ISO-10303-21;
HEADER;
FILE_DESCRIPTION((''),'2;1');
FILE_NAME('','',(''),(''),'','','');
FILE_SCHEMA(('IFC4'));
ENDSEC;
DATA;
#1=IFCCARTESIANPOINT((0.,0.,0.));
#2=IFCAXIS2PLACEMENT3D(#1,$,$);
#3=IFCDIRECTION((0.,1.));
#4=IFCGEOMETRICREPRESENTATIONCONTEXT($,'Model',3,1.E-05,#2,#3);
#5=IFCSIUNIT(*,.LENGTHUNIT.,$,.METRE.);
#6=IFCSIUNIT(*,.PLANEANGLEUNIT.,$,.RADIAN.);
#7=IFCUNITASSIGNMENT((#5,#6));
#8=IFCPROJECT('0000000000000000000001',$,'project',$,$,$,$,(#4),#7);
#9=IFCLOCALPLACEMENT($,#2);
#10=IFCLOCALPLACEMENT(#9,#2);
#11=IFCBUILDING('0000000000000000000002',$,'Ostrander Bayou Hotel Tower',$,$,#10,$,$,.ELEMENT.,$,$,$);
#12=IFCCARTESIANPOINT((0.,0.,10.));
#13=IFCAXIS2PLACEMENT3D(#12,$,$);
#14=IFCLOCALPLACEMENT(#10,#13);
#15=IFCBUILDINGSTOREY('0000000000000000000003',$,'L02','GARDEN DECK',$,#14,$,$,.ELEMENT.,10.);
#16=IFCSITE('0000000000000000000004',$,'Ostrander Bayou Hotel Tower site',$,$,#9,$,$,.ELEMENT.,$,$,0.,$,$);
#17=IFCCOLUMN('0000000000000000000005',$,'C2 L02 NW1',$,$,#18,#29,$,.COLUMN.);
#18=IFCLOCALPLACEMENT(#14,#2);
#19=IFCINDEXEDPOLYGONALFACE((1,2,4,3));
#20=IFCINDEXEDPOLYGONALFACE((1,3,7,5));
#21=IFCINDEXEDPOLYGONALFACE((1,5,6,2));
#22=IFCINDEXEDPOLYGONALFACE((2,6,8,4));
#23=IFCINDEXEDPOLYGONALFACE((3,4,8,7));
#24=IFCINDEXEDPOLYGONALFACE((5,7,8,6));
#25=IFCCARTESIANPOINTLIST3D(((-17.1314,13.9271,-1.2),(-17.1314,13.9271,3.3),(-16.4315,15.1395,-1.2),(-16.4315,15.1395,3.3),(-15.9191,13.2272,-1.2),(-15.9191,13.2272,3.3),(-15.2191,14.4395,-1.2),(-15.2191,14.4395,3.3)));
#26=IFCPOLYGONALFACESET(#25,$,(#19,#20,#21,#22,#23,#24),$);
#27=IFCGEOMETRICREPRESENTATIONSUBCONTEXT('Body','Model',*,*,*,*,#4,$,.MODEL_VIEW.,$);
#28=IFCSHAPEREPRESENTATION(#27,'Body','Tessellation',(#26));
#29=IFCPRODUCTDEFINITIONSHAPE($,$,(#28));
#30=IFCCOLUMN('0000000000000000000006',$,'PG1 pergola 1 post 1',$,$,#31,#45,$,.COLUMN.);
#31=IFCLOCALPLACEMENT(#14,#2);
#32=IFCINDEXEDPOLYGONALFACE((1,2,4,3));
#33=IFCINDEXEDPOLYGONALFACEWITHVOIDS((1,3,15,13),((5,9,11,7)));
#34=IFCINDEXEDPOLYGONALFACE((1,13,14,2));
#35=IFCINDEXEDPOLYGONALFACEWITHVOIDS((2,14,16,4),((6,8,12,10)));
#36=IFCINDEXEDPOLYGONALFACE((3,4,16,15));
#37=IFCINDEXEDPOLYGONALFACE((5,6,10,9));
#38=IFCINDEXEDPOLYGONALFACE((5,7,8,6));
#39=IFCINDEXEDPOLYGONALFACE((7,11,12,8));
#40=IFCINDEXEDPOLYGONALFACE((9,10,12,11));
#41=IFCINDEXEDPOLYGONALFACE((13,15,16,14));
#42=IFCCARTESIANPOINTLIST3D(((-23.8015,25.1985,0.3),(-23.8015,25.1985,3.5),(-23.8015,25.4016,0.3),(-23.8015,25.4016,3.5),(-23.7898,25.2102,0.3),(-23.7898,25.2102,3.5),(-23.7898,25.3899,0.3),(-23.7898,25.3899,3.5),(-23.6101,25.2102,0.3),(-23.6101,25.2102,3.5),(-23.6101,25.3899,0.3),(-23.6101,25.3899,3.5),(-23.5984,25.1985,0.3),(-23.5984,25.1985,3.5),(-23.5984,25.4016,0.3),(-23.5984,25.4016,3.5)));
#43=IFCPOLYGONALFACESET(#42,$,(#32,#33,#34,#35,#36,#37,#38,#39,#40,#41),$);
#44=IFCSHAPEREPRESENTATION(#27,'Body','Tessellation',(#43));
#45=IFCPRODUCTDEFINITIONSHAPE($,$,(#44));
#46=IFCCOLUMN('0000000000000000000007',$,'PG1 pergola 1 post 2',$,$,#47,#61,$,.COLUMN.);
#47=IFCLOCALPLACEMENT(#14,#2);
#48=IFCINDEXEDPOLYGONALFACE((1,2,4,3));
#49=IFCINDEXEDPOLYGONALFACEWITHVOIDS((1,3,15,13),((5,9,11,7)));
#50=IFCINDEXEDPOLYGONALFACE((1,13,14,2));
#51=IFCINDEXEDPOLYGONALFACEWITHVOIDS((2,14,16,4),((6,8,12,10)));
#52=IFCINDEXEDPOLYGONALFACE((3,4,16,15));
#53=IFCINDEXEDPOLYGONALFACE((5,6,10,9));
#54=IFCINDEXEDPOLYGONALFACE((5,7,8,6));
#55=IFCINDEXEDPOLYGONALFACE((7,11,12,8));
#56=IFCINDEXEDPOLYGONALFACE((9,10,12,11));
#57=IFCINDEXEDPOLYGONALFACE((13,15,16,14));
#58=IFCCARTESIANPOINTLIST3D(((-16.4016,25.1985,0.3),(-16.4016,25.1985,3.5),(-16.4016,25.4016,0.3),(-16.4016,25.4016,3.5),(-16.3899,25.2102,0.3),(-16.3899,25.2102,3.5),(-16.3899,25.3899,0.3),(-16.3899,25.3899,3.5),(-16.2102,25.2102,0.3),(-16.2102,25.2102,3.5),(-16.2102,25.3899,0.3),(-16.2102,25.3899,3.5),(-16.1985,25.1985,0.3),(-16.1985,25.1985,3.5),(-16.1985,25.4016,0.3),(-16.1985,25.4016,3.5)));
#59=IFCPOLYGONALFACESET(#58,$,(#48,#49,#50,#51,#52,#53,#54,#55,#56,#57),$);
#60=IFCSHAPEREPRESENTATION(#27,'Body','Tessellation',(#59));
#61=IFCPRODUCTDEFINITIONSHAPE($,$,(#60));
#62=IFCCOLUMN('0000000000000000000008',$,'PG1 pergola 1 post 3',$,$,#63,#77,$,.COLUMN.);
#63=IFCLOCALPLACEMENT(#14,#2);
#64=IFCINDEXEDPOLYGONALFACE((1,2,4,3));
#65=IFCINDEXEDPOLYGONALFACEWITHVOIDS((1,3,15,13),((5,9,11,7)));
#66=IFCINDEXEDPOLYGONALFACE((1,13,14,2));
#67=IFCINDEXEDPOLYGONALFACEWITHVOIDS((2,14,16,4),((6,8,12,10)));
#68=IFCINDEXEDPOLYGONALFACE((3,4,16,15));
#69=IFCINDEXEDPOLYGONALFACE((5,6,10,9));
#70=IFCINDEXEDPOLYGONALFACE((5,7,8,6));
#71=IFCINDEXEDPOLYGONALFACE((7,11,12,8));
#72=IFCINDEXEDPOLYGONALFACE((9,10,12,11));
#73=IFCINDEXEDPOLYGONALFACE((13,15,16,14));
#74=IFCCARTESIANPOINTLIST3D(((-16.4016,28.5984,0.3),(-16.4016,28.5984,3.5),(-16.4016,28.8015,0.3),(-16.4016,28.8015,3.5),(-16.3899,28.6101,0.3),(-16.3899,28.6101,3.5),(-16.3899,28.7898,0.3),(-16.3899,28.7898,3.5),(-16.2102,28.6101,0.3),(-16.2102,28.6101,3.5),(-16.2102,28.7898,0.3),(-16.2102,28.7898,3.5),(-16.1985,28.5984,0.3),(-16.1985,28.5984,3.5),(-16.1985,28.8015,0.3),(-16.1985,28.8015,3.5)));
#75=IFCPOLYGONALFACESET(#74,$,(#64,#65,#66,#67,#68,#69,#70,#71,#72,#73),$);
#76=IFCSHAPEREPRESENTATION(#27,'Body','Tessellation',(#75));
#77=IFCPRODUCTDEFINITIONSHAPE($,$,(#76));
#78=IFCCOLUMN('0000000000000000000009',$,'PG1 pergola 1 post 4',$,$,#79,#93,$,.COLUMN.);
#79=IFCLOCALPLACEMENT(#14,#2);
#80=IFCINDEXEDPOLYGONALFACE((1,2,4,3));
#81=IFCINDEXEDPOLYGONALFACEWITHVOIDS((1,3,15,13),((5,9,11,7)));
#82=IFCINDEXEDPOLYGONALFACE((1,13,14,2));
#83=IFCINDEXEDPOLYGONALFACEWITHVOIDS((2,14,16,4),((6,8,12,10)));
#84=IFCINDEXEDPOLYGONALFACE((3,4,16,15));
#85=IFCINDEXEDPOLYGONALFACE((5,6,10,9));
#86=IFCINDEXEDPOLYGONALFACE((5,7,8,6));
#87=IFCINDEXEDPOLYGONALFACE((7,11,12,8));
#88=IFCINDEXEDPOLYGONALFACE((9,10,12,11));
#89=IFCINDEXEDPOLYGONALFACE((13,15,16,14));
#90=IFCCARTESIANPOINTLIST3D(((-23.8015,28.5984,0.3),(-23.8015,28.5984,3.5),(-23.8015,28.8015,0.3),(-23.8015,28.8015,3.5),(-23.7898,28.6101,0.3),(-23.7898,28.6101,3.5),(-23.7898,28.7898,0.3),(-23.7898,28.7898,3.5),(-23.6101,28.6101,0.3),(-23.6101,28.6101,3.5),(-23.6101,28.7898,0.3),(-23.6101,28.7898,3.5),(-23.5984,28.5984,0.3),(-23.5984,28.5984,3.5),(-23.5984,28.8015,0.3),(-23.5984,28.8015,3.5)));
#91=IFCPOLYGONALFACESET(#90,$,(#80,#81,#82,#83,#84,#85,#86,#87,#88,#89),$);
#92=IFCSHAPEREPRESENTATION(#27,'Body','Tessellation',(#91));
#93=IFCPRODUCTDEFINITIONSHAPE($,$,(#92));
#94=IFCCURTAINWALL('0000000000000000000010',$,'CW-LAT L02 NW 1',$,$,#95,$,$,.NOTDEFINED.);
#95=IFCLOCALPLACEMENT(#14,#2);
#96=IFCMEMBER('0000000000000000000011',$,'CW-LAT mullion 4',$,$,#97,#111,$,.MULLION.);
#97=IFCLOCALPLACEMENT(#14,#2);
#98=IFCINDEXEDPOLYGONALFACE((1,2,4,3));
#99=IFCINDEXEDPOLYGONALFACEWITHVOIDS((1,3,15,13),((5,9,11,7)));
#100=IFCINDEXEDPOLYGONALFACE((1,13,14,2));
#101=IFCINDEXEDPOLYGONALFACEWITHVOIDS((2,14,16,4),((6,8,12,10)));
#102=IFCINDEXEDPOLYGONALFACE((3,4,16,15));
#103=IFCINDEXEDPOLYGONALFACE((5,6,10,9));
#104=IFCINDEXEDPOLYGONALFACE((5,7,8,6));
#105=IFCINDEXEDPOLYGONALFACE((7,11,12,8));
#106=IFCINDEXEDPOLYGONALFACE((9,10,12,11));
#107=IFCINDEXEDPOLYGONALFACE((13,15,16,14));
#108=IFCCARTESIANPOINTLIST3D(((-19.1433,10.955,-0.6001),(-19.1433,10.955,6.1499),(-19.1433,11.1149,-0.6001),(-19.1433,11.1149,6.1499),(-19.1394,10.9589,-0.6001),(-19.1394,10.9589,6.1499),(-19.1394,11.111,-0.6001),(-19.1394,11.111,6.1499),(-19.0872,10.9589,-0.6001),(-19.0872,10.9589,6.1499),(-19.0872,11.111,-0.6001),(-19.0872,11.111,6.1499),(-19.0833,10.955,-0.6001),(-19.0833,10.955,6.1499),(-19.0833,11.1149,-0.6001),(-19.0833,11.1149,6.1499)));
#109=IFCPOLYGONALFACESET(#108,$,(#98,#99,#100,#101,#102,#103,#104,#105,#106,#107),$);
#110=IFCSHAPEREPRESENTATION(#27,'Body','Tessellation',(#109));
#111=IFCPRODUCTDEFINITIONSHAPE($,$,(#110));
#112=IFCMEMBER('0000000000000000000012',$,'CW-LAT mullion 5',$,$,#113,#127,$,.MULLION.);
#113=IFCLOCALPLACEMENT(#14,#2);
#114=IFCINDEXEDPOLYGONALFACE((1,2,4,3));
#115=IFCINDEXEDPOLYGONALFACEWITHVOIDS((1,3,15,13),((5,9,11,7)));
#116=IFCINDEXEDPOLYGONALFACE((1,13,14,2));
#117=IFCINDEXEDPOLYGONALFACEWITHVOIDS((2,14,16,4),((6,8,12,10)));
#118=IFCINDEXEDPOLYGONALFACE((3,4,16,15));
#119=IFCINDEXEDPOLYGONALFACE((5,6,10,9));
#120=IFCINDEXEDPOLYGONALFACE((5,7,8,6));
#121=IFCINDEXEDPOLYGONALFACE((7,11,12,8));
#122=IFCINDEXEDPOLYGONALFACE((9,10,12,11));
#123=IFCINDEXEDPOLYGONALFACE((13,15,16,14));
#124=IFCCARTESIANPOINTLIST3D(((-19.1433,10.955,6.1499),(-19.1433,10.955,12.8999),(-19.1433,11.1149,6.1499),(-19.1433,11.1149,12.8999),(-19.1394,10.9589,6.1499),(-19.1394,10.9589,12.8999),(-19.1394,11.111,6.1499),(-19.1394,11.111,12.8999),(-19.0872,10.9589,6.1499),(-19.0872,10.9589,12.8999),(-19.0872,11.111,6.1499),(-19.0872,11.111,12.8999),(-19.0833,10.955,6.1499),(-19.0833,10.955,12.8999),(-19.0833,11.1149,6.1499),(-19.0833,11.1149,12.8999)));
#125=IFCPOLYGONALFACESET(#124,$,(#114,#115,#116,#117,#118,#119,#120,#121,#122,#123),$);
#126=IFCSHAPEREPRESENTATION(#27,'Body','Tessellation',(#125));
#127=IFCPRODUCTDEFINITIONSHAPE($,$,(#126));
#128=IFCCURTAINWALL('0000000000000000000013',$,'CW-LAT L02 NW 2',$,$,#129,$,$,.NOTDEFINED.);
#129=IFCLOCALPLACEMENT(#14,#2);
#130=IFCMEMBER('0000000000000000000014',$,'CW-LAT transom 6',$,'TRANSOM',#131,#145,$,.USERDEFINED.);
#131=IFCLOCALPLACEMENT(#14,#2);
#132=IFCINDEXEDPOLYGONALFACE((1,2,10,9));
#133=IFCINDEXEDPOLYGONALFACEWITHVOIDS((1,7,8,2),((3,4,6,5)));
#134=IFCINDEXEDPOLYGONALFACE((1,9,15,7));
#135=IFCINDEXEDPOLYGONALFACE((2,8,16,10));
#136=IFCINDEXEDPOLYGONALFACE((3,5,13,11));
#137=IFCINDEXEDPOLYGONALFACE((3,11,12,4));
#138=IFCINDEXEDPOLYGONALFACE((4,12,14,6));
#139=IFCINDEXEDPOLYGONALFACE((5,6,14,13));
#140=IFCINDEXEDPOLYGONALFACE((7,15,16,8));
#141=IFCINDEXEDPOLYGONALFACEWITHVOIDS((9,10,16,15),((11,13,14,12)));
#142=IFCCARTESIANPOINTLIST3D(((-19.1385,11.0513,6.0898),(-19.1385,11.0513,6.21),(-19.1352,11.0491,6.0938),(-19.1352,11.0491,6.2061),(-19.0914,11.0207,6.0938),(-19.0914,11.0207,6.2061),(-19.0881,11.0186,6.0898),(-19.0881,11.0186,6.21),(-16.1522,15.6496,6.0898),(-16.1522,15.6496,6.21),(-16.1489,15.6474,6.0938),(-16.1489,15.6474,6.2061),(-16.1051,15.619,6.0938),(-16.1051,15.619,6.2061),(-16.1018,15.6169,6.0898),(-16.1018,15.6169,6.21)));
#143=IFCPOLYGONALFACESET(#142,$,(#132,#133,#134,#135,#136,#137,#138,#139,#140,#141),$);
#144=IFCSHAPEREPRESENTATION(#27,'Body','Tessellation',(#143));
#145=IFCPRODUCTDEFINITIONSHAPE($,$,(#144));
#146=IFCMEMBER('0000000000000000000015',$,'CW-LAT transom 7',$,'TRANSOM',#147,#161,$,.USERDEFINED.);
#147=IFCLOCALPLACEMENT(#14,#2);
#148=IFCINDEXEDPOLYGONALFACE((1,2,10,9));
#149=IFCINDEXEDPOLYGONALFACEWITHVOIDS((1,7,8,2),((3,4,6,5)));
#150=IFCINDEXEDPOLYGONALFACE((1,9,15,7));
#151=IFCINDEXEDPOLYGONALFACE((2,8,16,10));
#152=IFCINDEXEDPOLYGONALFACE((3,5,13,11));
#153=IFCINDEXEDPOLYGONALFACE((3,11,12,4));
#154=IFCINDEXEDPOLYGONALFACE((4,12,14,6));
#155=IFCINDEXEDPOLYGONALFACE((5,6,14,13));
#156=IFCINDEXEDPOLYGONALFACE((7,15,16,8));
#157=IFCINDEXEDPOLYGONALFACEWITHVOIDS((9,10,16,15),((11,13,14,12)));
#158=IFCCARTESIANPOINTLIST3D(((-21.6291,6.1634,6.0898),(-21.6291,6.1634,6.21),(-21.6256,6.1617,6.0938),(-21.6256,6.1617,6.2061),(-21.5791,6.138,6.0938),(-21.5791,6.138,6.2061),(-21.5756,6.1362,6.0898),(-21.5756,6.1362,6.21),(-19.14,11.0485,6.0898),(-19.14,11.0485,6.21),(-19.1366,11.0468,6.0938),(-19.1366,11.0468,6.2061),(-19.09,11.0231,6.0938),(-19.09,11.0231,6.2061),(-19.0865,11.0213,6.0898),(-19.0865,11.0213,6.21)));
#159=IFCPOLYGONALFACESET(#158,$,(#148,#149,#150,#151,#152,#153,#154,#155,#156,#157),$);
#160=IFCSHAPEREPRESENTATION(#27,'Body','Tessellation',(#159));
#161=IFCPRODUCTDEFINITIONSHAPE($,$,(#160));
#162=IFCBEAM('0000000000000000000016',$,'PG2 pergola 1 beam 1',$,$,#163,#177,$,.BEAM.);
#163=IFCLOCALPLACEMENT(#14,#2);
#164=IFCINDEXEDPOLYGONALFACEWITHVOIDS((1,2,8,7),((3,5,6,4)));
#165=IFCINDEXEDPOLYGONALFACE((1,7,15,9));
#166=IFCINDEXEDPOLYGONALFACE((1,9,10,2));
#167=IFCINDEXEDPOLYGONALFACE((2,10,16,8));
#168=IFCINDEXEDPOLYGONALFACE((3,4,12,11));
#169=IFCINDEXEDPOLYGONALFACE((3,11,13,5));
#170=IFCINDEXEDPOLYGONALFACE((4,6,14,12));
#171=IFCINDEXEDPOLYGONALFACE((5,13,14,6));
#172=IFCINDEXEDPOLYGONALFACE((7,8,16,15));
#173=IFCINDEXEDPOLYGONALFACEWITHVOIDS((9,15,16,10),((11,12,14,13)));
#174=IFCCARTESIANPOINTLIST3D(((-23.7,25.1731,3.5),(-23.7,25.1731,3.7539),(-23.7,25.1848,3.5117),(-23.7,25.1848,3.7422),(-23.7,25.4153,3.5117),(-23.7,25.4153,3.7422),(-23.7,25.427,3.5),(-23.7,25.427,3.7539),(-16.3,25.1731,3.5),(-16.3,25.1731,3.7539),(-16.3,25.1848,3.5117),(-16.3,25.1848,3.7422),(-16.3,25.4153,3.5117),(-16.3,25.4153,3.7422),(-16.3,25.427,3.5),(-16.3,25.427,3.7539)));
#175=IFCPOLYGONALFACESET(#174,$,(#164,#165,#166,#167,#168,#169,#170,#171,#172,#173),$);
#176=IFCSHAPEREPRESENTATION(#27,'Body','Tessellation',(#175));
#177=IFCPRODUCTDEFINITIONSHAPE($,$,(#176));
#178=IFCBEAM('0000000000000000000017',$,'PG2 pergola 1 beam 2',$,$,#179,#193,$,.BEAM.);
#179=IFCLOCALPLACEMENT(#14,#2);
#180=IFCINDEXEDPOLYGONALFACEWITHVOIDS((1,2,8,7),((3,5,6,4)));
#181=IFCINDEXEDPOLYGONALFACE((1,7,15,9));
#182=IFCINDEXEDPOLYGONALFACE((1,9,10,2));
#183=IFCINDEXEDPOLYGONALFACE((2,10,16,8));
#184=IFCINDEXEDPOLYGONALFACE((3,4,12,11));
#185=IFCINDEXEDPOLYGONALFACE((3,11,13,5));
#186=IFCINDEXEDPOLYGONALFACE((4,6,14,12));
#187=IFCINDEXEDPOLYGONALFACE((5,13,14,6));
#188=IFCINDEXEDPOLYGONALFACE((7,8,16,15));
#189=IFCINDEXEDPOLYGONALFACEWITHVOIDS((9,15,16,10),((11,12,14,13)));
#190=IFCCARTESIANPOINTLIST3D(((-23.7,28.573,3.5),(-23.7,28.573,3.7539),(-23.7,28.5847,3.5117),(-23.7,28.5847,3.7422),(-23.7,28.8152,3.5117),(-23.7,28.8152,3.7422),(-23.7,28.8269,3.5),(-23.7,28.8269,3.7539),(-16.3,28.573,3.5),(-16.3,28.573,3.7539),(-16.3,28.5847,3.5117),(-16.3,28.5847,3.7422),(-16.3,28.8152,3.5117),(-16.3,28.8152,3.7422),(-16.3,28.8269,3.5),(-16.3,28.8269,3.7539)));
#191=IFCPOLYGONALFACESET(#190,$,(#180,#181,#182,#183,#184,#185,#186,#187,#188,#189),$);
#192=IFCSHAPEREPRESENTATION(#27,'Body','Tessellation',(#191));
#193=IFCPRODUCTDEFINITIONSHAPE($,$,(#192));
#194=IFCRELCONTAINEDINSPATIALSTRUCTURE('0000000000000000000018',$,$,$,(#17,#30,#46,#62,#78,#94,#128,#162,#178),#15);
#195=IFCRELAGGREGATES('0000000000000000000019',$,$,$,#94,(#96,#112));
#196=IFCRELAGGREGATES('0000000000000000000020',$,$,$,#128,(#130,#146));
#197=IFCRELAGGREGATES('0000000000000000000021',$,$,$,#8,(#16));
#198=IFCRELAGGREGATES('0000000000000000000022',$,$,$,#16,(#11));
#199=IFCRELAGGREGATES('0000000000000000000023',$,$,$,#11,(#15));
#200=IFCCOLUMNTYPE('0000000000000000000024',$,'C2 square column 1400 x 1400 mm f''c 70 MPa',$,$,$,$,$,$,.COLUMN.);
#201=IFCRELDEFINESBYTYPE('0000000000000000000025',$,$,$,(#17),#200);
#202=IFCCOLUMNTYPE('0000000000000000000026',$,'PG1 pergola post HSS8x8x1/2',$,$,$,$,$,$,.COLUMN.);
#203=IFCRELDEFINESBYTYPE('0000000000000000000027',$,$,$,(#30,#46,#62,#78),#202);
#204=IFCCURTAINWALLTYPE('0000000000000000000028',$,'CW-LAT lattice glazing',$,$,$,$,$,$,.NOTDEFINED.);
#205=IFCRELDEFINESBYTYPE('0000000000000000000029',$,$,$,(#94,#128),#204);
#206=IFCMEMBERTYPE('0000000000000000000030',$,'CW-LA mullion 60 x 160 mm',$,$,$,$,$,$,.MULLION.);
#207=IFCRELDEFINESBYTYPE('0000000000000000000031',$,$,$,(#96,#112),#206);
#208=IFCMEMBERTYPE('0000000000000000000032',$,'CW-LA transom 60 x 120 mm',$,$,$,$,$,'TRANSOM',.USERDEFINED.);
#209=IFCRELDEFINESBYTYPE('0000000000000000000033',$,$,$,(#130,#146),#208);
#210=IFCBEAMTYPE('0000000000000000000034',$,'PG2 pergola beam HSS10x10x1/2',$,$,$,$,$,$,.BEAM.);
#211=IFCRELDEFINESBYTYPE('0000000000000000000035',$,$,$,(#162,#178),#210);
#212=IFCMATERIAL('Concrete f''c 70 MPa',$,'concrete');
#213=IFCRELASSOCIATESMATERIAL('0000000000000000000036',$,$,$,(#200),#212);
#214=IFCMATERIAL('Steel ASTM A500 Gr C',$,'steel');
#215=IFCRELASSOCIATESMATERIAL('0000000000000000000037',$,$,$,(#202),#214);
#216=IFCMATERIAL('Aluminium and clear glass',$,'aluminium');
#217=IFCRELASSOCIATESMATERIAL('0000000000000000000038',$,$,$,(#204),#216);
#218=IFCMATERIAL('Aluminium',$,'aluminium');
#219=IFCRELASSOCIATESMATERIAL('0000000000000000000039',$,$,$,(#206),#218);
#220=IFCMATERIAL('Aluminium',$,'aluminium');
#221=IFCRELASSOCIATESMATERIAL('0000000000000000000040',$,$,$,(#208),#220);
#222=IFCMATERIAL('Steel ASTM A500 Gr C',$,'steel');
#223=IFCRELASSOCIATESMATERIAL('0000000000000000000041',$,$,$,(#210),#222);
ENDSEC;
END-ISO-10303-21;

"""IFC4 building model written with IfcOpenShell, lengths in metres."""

from ifc_helpers import new_model, si_unit, direction, frame, origin, origin_2d, place, context, subcontext, project, spatial, rectangle, hollow_rectangle, extrude, material, material_profile, profile_set, type_object, element, aggregate, save


model = new_model("IFC4")

# Units and contexts
model_context = context("Model", 3, precision=1e-05, world=origin(), true_north=direction((0.0, 1.0)))
body_context = subcontext(model_context, "Body", "Model", "MODEL_VIEW")
ifc_project = project(units=[si_unit("LENGTHUNIT", "METRE"), si_unit("PLANEANGLEUNIT", "RADIAN")], contexts=[model_context])

# Site, building, storey
site_placement = place(None, origin())
site = spatial("IfcSite", under=ifc_project, at=site_placement, Name="Ostrander Bayou Hotel Tower site", CompositionType="ELEMENT", RefElevation=0.0)
building_placement = place(site_placement, origin())
building = spatial("IfcBuilding", under=site, at=building_placement, Name="Ostrander Bayou Hotel Tower", CompositionType="ELEMENT")
storey_placement = place(building_placement, frame((0.0, 0.0, 10.0)))
storey = spatial("IfcBuildingStorey", under=building, at=storey_placement, Name="L02", Description="GARDEN DECK", CompositionType="ELEMENT", Elevation=10.0)

# Columns
ifc_material_1 = material(Name="Concrete f'c 70 MPa", Category="concrete")
ifc_material_profile_1 = material_profile(ifc_material_1, rectangle(XDim=1.3999, YDim=1.3999, at=origin_2d()))
ifc_profile_set_1 = profile_set([ifc_material_profile_1], Name="Concrete f'c 70 MPa")
column_type_1 = type_object("IfcColumnType", Name="C2 square column 1400 x 1400 mm f'c 70 MPa", PredefinedType="COLUMN", material=ifc_profile_set_1)
column_placement = place(storey_placement, frame((-16.1753, 14.1833, -1.2), z_axis=(0.0, 0.0, 1.0), x_axis=(0.5, 0.866025, 0.0)))
element("IfcColumn", 1, at=column_placement, inside=storey, type_object=column_type_1, Name="C2 L02 NW1", PredefinedType="COLUMN", context=body_context, shape_type="SweptSolid", body=[
    extrude(rectangle(XDim=1.3999, YDim=1.3999, at=origin_2d()), origin(), (0.0, 0.0, 1.0), 4.5),
])
ifc_material_2 = material(Name="Steel ASTM A500 Gr C", Category="steel")
ifc_material_profile_2 = material_profile(ifc_material_2, hollow_rectangle(XDim=0.2031, YDim=0.2031, WallThickness=0.0117, at=origin_2d()))
ifc_profile_set_2 = profile_set([ifc_material_profile_2], Name="Steel ASTM A500 Gr C")
column_type_2 = type_object("IfcColumnType", Name="PG1 pergola post HSS8x8x1/2", PredefinedType="COLUMN", material=ifc_profile_set_2)
for number, where, z_axis, x_axis, name in (
    (2, (-23.7, 25.3, 0.3), (0.0, 0.0, 1.0), (1.0, 0.0, 0.0), "PG1 pergola 1 post 1"),
    (3, (-16.3, 25.3, 0.3), (0.0, 0.0, 1.0), (1.0, 0.0, 0.0), "PG1 pergola 1 post 2"),
    (4, (-16.3, 28.7, 0.3), (0.0, 0.0, 1.0), (1.0, 0.0, 0.0), "PG1 pergola 1 post 3"),
    (5, (-23.7, 28.7, 0.3), (0.0, 0.0, 1.0), (1.0, 0.0, 0.0), "PG1 pergola 1 post 4"),
):
    element("IfcColumn", number, at=place(storey_placement, frame(where, z_axis=z_axis, x_axis=x_axis)), inside=storey, type_object=column_type_2, Name=name, PredefinedType="COLUMN", context=body_context, shape_type="SweptSolid", body=[
        extrude(hollow_rectangle(XDim=0.2031, YDim=0.2031, WallThickness=0.0117, at=origin_2d()), origin(), (0.0, 0.0, 1.0), 3.2),
    ])

# Curtain walls, members
ifc_material_3 = material(Name="Aluminium and clear glass", Category="aluminium")
curtain_wall_type = type_object("IfcCurtainWallType", Name="CW-LAT lattice glazing", PredefinedType="NOTDEFINED", material=ifc_material_3)
curtain_wall_1_placement = place(storey_placement, origin())
curtain_wall_1 = element("IfcCurtainWall", 6, at=curtain_wall_1_placement, inside=storey, type_object=curtain_wall_type, Name="CW-LAT L02 NW 1", PredefinedType="NOTDEFINED")
ifc_material_4 = material(Name="Aluminium", Category="aluminium")
ifc_material_profile_3 = material_profile(ifc_material_4, hollow_rectangle(XDim=0.0601, YDim=0.1599, WallThickness=0.0039, at=origin_2d()))
ifc_profile_set_3 = profile_set([ifc_material_profile_3], Name="Aluminium")
member_type_1 = type_object("IfcMemberType", Name="CW-LA mullion 60 x 160 mm", PredefinedType="MULLION", material=ifc_profile_set_3)
member_1_placement = place(storey_placement, frame((-19.1133, 11.0349, -0.6001), z_axis=(0.0, 0.0, 1.0), x_axis=(1.0, 0.0, 0.0)))
member_1 = element("IfcMember", 7, at=member_1_placement, type_object=member_type_1, Name="CW-LAT mullion 4", PredefinedType="MULLION", context=body_context, shape_type="SweptSolid", body=[
    extrude(hollow_rectangle(XDim=0.0601, YDim=0.1599, WallThickness=0.0039, at=origin_2d()), origin(), (0.0, 0.0, 1.0), 6.75),
])
member_2_placement = place(storey_placement, frame((-19.1133, 11.0349, 6.1499), z_axis=(0.0, 0.0, 1.0), x_axis=(1.0, 0.0, 0.0)))
member_2 = element("IfcMember", 8, at=member_2_placement, type_object=member_type_1, Name="CW-LAT mullion 5", PredefinedType="MULLION", context=body_context, shape_type="SweptSolid", body=[
    extrude(hollow_rectangle(XDim=0.0601, YDim=0.1599, WallThickness=0.0039, at=origin_2d()), origin(), (0.0, 0.0, 1.0), 6.75),
])
curtain_wall_2_placement = place(storey_placement, origin())
curtain_wall_2 = element("IfcCurtainWall", 9, at=curtain_wall_2_placement, inside=storey, type_object=curtain_wall_type, Name="CW-LAT L02 NW 2", PredefinedType="NOTDEFINED")
ifc_material_5 = material(Name="Aluminium", Category="aluminium")
ifc_material_profile_4 = material_profile(ifc_material_5, hollow_rectangle(XDim=0.0601, YDim=0.1201, WallThickness=0.0039, at=origin_2d()))
ifc_profile_set_4 = profile_set([ifc_material_profile_4], Name="Aluminium")
member_type_2 = type_object("IfcMemberType", Name="CW-LA transom 60 x 120 mm", ElementType="TRANSOM", PredefinedType="USERDEFINED", material=ifc_profile_set_4)
member_3_placement = place(storey_placement, frame((-19.1133, 11.0349, 6.1499), z_axis=(0.544652, 0.838662, 0.0), x_axis=(-0.838662, 0.544652, 0.0)))
member_3 = element("IfcMember", 10, at=member_3_placement, type_object=member_type_2, Name="CW-LAT transom 6", ObjectType="TRANSOM", PredefinedType="USERDEFINED", context=body_context, shape_type="SweptSolid", body=[
    extrude(hollow_rectangle(XDim=0.0601, YDim=0.1201, WallThickness=0.0039, at=origin_2d()), origin(), (0.0, 0.0, 1.0), 5.4829),
])
member_4_placement = place(storey_placement, frame((-19.1133, 11.0349, 6.1499), z_axis=(-0.453987, -0.891008, 0.0), x_axis=(0.891008, -0.453987, 0.0)))
member_4 = element("IfcMember", 11, at=member_4_placement, type_object=member_type_2, Name="CW-LAT transom 7", ObjectType="TRANSOM", PredefinedType="USERDEFINED", context=body_context, shape_type="SweptSolid", body=[
    extrude(hollow_rectangle(XDim=0.0601, YDim=0.1201, WallThickness=0.0039, at=origin_2d()), origin(), (0.0, 0.0, 1.0), 5.4827),
])

# Beams
ifc_material_6 = material(Name="Steel ASTM A500 Gr C", Category="steel")
ifc_material_profile_5 = material_profile(ifc_material_6, hollow_rectangle(XDim=0.2539, YDim=0.2539, WallThickness=0.0117, at=origin_2d()))
ifc_profile_set_5 = profile_set([ifc_material_profile_5], Name="Steel ASTM A500 Gr C")
beam_type_1 = type_object("IfcBeamType", Name="PG2 pergola beam HSS10x10x1/2", PredefinedType="BEAM", material=ifc_profile_set_5)
for number, where, z_axis, x_axis, name in (
    (12, (-23.7, 25.3, 3.627), (1.0, 0.0, 0.0), (0.0, 1.0, 0.0), "PG2 pergola 1 beam 1"),
    (13, (-23.7, 28.7, 3.627), (1.0, 0.0, 0.0), (0.0, 1.0, 0.0), "PG2 pergola 1 beam 2"),
):
    element("IfcBeam", number, at=place(storey_placement, frame(where, z_axis=z_axis, x_axis=x_axis)), inside=storey, type_object=beam_type_1, Name=name, PredefinedType="BEAM", context=body_context, shape_type="SweptSolid", body=[
        extrude(hollow_rectangle(XDim=0.2539, YDim=0.2539, WallThickness=0.0117, at=origin_2d()), origin(), (0.0, 0.0, 1.0), 7.3999),
    ])

aggregate(curtain_wall_1, [member_1, member_2])
aggregate(curtain_wall_2, [member_3, member_4])

save(model, "model.ifc")
